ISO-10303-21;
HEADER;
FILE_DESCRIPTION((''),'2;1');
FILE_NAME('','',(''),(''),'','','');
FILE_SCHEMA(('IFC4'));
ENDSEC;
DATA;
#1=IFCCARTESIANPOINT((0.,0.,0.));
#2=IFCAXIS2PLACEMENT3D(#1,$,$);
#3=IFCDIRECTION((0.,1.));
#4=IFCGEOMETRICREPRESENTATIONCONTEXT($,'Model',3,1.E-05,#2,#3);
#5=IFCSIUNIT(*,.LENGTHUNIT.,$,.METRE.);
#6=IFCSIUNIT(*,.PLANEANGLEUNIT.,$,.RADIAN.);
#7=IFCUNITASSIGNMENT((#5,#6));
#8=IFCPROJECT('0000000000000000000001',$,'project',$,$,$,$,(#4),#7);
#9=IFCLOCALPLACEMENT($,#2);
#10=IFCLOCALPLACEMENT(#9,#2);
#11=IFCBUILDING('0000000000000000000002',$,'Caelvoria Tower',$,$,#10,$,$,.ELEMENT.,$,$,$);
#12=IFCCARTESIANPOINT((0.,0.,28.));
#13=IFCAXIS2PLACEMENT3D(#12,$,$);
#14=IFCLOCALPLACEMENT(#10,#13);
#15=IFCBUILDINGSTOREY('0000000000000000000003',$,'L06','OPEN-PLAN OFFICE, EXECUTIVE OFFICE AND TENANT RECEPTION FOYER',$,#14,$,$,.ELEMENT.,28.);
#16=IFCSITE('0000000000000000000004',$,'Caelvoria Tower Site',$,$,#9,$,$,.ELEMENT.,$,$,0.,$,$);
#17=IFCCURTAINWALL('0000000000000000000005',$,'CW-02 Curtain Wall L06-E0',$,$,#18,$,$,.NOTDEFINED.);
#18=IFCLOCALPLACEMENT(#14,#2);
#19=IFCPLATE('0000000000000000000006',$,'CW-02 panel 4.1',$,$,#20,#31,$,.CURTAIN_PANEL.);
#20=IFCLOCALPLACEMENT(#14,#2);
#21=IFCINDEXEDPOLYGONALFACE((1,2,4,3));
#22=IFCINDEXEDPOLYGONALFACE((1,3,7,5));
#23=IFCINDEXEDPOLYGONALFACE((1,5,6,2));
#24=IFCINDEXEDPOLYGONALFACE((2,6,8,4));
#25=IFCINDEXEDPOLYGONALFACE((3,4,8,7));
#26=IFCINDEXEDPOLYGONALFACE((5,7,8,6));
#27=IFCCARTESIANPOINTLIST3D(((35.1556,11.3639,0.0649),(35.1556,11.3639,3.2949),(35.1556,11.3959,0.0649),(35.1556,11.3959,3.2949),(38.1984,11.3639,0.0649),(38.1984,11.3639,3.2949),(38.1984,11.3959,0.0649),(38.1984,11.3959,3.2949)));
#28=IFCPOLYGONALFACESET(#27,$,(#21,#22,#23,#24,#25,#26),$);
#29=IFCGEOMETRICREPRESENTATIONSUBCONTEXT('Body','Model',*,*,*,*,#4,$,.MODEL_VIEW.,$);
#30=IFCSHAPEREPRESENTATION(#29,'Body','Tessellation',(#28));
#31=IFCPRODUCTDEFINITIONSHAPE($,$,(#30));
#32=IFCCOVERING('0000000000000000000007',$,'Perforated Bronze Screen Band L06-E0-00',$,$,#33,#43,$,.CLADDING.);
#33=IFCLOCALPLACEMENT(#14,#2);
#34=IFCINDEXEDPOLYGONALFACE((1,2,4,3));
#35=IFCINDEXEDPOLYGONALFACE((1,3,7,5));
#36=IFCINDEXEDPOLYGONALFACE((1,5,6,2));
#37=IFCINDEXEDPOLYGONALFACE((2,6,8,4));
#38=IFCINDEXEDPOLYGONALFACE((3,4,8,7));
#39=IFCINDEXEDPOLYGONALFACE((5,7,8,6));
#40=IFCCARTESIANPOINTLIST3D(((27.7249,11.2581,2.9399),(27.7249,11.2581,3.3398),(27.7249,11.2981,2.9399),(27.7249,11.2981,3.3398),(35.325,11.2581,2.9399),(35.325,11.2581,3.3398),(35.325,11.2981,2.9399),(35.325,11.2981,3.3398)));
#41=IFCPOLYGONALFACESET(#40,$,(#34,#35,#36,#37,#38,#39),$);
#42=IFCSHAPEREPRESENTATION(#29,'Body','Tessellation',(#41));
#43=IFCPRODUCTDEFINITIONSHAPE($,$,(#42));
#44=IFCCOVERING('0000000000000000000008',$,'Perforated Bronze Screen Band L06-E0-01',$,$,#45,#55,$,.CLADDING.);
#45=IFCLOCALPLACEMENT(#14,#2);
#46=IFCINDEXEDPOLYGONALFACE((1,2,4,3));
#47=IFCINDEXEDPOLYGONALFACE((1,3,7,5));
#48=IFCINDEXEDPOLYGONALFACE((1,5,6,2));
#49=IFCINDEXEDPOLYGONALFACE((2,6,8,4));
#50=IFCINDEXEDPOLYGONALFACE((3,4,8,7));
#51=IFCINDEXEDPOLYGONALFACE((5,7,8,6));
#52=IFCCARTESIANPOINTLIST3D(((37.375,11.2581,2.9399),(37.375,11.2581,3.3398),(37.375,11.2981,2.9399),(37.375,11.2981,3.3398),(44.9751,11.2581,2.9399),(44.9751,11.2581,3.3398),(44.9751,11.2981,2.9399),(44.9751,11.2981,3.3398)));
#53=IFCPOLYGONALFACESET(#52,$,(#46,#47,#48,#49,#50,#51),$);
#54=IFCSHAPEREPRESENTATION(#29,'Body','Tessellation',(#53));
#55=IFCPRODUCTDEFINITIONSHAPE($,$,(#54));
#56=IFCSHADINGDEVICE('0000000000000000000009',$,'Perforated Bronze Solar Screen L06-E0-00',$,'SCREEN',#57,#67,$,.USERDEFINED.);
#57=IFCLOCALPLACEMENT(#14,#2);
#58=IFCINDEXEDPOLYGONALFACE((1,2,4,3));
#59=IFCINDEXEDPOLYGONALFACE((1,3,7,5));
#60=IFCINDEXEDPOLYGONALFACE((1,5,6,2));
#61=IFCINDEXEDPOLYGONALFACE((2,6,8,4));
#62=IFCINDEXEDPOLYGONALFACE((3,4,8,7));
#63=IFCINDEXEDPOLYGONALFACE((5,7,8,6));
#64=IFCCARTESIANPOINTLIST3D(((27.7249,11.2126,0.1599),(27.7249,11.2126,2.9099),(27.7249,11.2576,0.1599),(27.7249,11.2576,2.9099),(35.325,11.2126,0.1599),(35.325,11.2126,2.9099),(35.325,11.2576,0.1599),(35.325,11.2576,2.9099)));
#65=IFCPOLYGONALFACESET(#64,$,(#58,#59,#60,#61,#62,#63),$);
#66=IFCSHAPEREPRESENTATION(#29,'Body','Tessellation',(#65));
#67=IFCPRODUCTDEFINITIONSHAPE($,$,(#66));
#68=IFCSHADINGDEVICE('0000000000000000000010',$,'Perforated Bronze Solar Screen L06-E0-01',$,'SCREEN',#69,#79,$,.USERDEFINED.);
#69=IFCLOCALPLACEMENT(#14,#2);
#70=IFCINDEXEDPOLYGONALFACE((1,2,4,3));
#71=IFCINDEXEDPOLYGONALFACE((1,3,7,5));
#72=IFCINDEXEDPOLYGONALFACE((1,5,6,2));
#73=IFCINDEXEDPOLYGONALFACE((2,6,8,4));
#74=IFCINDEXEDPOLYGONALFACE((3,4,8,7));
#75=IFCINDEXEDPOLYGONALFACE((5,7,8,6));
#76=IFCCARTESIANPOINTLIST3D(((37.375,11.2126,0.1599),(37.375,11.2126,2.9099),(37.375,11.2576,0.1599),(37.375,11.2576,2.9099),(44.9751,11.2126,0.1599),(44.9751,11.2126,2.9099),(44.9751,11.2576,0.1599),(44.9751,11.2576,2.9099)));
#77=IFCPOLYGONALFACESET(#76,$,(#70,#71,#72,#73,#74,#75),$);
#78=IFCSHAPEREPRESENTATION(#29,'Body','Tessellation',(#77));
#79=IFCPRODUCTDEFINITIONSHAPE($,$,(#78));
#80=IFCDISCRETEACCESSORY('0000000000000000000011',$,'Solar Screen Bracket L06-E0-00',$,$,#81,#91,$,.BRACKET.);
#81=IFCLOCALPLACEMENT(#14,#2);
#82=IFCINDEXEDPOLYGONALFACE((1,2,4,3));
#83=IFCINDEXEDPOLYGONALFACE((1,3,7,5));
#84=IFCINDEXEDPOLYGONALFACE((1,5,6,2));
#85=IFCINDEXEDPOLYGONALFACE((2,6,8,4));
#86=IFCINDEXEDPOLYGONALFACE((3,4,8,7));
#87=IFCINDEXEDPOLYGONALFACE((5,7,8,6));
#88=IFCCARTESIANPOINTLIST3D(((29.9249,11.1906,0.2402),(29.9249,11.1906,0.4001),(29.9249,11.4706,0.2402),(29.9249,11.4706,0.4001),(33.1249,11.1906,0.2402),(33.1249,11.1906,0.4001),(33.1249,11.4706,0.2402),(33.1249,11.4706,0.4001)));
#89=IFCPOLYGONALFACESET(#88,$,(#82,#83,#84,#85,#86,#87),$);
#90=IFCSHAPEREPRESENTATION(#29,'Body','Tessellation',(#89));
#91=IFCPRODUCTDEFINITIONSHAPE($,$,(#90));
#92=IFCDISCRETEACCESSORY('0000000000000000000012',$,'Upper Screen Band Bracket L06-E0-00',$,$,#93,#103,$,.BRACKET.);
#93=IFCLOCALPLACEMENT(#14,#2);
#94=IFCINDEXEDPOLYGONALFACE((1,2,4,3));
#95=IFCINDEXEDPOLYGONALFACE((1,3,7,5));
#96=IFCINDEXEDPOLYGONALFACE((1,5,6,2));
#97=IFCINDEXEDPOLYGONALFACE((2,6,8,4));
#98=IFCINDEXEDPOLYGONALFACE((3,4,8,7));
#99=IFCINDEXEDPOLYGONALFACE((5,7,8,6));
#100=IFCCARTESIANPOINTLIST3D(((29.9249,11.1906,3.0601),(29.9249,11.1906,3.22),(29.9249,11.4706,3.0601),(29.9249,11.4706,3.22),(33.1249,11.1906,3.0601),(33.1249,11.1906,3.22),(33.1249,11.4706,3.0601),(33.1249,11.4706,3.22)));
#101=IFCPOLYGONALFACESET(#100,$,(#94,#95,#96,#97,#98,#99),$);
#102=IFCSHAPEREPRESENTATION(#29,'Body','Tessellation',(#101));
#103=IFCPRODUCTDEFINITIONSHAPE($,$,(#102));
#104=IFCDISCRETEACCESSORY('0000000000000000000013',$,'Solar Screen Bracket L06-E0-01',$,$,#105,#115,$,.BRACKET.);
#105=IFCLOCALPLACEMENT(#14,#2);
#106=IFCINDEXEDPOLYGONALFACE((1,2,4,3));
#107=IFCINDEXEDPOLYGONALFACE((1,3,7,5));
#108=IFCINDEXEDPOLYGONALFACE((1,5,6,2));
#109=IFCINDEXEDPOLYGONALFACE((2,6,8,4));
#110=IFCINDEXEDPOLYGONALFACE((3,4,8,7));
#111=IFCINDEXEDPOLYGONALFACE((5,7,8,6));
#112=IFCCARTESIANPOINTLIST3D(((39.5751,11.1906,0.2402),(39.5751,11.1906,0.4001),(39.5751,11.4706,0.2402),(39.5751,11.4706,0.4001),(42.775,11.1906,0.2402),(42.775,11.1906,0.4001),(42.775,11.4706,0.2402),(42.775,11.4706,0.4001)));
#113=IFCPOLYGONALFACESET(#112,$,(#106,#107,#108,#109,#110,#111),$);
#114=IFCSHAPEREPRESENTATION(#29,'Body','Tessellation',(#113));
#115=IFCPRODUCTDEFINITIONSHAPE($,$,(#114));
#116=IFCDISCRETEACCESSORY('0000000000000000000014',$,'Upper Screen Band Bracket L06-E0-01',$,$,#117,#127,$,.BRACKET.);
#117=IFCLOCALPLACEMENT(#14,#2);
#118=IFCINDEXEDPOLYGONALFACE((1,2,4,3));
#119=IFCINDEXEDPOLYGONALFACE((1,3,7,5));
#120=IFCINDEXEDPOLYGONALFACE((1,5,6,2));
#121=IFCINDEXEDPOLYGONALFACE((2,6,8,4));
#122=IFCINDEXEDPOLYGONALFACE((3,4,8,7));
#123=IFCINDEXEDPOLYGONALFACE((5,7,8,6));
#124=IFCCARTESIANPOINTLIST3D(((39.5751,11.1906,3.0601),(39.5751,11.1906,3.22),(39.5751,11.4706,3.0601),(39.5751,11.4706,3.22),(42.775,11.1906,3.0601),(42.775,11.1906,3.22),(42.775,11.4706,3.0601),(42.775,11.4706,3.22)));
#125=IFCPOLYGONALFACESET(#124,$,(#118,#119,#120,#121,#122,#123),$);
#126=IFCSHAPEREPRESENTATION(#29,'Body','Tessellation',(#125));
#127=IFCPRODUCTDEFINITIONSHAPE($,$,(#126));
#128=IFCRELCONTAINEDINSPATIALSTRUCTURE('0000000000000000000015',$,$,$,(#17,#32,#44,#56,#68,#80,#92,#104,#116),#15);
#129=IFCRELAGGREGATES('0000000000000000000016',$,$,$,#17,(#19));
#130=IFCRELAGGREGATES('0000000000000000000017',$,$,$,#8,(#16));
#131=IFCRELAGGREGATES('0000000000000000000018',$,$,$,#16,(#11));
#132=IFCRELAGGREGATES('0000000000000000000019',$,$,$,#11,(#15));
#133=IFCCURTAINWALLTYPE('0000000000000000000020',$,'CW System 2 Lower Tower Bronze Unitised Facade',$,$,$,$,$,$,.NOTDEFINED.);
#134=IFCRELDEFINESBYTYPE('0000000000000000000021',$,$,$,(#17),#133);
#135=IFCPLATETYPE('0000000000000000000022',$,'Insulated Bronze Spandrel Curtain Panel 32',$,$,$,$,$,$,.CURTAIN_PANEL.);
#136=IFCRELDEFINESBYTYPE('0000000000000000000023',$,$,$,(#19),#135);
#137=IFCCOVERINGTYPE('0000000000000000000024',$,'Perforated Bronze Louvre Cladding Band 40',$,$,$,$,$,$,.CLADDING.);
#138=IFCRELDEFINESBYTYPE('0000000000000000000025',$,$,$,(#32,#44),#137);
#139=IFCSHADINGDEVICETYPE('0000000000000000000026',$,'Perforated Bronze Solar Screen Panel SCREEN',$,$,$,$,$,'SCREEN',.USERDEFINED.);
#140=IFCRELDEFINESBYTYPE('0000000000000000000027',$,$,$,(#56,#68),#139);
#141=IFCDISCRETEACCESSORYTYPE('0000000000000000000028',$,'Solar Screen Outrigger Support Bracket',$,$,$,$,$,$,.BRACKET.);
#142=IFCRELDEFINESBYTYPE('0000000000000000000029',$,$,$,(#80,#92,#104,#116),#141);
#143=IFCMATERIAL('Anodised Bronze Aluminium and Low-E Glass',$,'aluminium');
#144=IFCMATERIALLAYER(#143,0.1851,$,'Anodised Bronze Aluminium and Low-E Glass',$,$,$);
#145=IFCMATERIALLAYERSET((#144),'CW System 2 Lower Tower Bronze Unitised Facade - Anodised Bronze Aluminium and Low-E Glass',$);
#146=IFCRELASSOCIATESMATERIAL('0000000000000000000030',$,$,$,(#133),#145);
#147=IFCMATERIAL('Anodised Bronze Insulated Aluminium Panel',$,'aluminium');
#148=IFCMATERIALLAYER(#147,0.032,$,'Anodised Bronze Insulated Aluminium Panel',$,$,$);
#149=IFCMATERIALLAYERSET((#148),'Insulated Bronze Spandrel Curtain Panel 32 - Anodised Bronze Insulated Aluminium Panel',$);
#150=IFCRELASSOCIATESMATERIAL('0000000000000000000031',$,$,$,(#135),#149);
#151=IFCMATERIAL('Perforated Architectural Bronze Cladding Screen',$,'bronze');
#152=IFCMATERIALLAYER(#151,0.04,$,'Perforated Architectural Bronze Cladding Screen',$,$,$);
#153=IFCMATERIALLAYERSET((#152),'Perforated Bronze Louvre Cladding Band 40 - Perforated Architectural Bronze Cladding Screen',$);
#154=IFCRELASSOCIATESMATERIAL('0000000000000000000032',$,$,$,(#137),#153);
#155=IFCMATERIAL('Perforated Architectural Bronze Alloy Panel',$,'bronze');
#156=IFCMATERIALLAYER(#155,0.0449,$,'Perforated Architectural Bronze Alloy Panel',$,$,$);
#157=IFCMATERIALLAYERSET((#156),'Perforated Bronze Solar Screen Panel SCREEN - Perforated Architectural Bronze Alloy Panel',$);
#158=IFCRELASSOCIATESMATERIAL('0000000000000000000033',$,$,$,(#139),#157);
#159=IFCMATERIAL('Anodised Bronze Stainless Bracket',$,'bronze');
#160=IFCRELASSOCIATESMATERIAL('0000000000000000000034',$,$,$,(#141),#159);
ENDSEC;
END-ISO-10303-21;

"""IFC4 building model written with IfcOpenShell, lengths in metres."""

from ifc_helpers import new_model, si_unit, direction, frame, origin, origin_2d, place, context, subcontext, project, spatial, rectangle, extrude, material, layer, layer_set, type_object, element, aggregate, save


model = new_model("IFC4")

# Units and contexts
model_context = context("Model", 3, precision=1e-05, world=origin(), true_north=direction((0.0, 1.0)))
body_context = subcontext(model_context, "Body", "Model", "MODEL_VIEW")
ifc_project = project(units=[si_unit("LENGTHUNIT", "METRE"), si_unit("PLANEANGLEUNIT", "RADIAN")], contexts=[model_context])

# Site, building, storey
site_placement = place(None, origin())
site = spatial("IfcSite", under=ifc_project, at=site_placement, Name="Caelvoria Tower Site", CompositionType="ELEMENT", RefElevation=0.0)
building_placement = place(site_placement, origin())
building = spatial("IfcBuilding", under=site, at=building_placement, Name="Caelvoria Tower", CompositionType="ELEMENT")
storey_placement = place(building_placement, frame((0.0, 0.0, 28.0)))
storey = spatial("IfcBuildingStorey", under=building, at=storey_placement, Name="L06", Description="OPEN-PLAN OFFICE, EXECUTIVE OFFICE AND TENANT RECEPTION FOYER", CompositionType="ELEMENT", Elevation=28.0)

# Curtain wall, plate
ifc_material_1 = material(Name="Anodised Bronze Aluminium and Low-E Glass", Category="aluminium")
ifc_layer_1 = layer(ifc_material_1, 0.1851, Name="Anodised Bronze Aluminium and Low-E Glass")
ifc_layer_set_1 = layer_set([ifc_layer_1], Name="CW System 2 Lower Tower Bronze Unitised Facade - Anodised Bronze Aluminium and Low-E Glass")
curtain_wall_type = type_object("IfcCurtainWallType", Name="CW System 2 Lower Tower Bronze Unitised Facade", PredefinedType="NOTDEFINED", material=ifc_layer_set_1)
curtain_wall_placement = place(storey_placement, origin())
curtain_wall = element("IfcCurtainWall", 1, at=curtain_wall_placement, inside=storey, type_object=curtain_wall_type, Name="CW-02 Curtain Wall L06-E0", PredefinedType="NOTDEFINED")
ifc_material_2 = material(Name="Anodised Bronze Insulated Aluminium Panel", Category="aluminium")
ifc_layer_2 = layer(ifc_material_2, 0.032, Name="Anodised Bronze Insulated Aluminium Panel")
ifc_layer_set_2 = layer_set([ifc_layer_2], Name="Insulated Bronze Spandrel Curtain Panel 32 - Anodised Bronze Insulated Aluminium Panel")
plate_type = type_object("IfcPlateType", Name="Insulated Bronze Spandrel Curtain Panel 32", PredefinedType="CURTAIN_PANEL", material=ifc_layer_set_2)
plate_1_placement = place(storey_placement, frame((36.677, 11.3799, 0.0649), z_axis=(0.0, 0.0, 1.0), x_axis=(1.0, 0.0, 0.0)))
plate_1 = element("IfcPlate", 2, at=plate_1_placement, type_object=plate_type, Name="CW-02 panel 4.1", PredefinedType="CURTAIN_PANEL", context=body_context, shape_type="SweptSolid", body=[
    extrude(rectangle(XDim=3.0427, YDim=0.032, at=origin_2d()), origin(), (0.0, 0.0, 1.0), 3.23),
])
aggregate(curtain_wall, [plate_1])

# Coverings
ifc_material_3 = material(Name="Perforated Architectural Bronze Cladding Screen", Category="bronze")
ifc_layer_3 = layer(ifc_material_3, 0.04, Name="Perforated Architectural Bronze Cladding Screen")
ifc_layer_set_3 = layer_set([ifc_layer_3], Name="Perforated Bronze Louvre Cladding Band 40 - Perforated Architectural Bronze Cladding Screen")
covering_type = type_object("IfcCoveringType", Name="Perforated Bronze Louvre Cladding Band 40", PredefinedType="CLADDING", material=ifc_layer_set_3)
for number, where, z_axis, x_axis, name in (
    (3, (31.5249, 11.2781, 2.9399), (0.0, 0.0, 1.0), (1.0, 0.0, 0.0), "Perforated Bronze Screen Band L06-E0-00"),
    (4, (41.175, 11.2781, 2.9399), (0.0, 0.0, 1.0), (1.0, 0.0, 0.0), "Perforated Bronze Screen Band L06-E0-01"),
):
    element("IfcCovering", number, at=place(storey_placement, frame(where, z_axis=z_axis, x_axis=x_axis)), inside=storey, type_object=covering_type, Name=name, PredefinedType="CLADDING", context=body_context, shape_type="SweptSolid", body=[
        extrude(rectangle(XDim=7.6001, YDim=0.04, at=origin_2d()), origin(), (0.0, 0.0, 1.0), 0.3999),
    ])

# Shading devices
ifc_material_4 = material(Name="Perforated Architectural Bronze Alloy Panel", Category="bronze")
ifc_layer_4 = layer(ifc_material_4, 0.0449, Name="Perforated Architectural Bronze Alloy Panel")
ifc_layer_set_4 = layer_set([ifc_layer_4], Name="Perforated Bronze Solar Screen Panel SCREEN - Perforated Architectural Bronze Alloy Panel")
shading_device_type = type_object("IfcShadingDeviceType", Name="Perforated Bronze Solar Screen Panel SCREEN", ElementType="SCREEN", PredefinedType="USERDEFINED", material=ifc_layer_set_4)
for number, where, z_axis, x_axis, name in (
    (5, (31.5249, 11.2351, 0.1599), (0.0, 0.0, 1.0), (1.0, 0.0, 0.0), "Perforated Bronze Solar Screen L06-E0-00"),
    (6, (41.175, 11.2351, 0.1599), (0.0, 0.0, 1.0), (1.0, 0.0, 0.0), "Perforated Bronze Solar Screen L06-E0-01"),
):
    element("IfcShadingDevice", number, at=place(storey_placement, frame(where, z_axis=z_axis, x_axis=x_axis)), inside=storey, type_object=shading_device_type, Name=name, ObjectType="SCREEN", PredefinedType="USERDEFINED", context=body_context, shape_type="SweptSolid", body=[
        extrude(rectangle(XDim=7.6001, YDim=0.0449, at=origin_2d()), origin(), (0.0, 0.0, 1.0), 2.75),
    ])

# Discrete accessories
ifc_material_5 = material(Name="Anodised Bronze Stainless Bracket", Category="bronze")
discrete_accessory_type = type_object("IfcDiscreteAccessoryType", Name="Solar Screen Outrigger Support Bracket", PredefinedType="BRACKET", material=ifc_material_5)
for number, where, z_axis, x_axis, name in (
    (7, (31.5249, 11.3306, 0.2402), (0.0, 0.0, 1.0), (1.0, 0.0, 0.0), "Solar Screen Bracket L06-E0-00"),
    (8, (31.5249, 11.3306, 3.0601), (0.0, 0.0, 1.0), (1.0, 0.0, 0.0), "Upper Screen Band Bracket L06-E0-00"),
    (9, (41.175, 11.3306, 0.2402), (0.0, 0.0, 1.0), (1.0, 0.0, 0.0), "Solar Screen Bracket L06-E0-01"),
    (10, (41.175, 11.3306, 3.0601), (0.0, 0.0, 1.0), (1.0, 0.0, 0.0), "Upper Screen Band Bracket L06-E0-01"),
):
    element("IfcDiscreteAccessory", number, at=place(storey_placement, frame(where, z_axis=z_axis, x_axis=x_axis)), inside=storey, type_object=discrete_accessory_type, Name=name, PredefinedType="BRACKET", context=body_context, shape_type="SweptSolid", body=[
        extrude(rectangle(XDim=3.2, YDim=0.28, at=origin_2d()), origin(), (0.0, 0.0, 1.0), 0.1599),
    ])

save(model, "model.ifc")
